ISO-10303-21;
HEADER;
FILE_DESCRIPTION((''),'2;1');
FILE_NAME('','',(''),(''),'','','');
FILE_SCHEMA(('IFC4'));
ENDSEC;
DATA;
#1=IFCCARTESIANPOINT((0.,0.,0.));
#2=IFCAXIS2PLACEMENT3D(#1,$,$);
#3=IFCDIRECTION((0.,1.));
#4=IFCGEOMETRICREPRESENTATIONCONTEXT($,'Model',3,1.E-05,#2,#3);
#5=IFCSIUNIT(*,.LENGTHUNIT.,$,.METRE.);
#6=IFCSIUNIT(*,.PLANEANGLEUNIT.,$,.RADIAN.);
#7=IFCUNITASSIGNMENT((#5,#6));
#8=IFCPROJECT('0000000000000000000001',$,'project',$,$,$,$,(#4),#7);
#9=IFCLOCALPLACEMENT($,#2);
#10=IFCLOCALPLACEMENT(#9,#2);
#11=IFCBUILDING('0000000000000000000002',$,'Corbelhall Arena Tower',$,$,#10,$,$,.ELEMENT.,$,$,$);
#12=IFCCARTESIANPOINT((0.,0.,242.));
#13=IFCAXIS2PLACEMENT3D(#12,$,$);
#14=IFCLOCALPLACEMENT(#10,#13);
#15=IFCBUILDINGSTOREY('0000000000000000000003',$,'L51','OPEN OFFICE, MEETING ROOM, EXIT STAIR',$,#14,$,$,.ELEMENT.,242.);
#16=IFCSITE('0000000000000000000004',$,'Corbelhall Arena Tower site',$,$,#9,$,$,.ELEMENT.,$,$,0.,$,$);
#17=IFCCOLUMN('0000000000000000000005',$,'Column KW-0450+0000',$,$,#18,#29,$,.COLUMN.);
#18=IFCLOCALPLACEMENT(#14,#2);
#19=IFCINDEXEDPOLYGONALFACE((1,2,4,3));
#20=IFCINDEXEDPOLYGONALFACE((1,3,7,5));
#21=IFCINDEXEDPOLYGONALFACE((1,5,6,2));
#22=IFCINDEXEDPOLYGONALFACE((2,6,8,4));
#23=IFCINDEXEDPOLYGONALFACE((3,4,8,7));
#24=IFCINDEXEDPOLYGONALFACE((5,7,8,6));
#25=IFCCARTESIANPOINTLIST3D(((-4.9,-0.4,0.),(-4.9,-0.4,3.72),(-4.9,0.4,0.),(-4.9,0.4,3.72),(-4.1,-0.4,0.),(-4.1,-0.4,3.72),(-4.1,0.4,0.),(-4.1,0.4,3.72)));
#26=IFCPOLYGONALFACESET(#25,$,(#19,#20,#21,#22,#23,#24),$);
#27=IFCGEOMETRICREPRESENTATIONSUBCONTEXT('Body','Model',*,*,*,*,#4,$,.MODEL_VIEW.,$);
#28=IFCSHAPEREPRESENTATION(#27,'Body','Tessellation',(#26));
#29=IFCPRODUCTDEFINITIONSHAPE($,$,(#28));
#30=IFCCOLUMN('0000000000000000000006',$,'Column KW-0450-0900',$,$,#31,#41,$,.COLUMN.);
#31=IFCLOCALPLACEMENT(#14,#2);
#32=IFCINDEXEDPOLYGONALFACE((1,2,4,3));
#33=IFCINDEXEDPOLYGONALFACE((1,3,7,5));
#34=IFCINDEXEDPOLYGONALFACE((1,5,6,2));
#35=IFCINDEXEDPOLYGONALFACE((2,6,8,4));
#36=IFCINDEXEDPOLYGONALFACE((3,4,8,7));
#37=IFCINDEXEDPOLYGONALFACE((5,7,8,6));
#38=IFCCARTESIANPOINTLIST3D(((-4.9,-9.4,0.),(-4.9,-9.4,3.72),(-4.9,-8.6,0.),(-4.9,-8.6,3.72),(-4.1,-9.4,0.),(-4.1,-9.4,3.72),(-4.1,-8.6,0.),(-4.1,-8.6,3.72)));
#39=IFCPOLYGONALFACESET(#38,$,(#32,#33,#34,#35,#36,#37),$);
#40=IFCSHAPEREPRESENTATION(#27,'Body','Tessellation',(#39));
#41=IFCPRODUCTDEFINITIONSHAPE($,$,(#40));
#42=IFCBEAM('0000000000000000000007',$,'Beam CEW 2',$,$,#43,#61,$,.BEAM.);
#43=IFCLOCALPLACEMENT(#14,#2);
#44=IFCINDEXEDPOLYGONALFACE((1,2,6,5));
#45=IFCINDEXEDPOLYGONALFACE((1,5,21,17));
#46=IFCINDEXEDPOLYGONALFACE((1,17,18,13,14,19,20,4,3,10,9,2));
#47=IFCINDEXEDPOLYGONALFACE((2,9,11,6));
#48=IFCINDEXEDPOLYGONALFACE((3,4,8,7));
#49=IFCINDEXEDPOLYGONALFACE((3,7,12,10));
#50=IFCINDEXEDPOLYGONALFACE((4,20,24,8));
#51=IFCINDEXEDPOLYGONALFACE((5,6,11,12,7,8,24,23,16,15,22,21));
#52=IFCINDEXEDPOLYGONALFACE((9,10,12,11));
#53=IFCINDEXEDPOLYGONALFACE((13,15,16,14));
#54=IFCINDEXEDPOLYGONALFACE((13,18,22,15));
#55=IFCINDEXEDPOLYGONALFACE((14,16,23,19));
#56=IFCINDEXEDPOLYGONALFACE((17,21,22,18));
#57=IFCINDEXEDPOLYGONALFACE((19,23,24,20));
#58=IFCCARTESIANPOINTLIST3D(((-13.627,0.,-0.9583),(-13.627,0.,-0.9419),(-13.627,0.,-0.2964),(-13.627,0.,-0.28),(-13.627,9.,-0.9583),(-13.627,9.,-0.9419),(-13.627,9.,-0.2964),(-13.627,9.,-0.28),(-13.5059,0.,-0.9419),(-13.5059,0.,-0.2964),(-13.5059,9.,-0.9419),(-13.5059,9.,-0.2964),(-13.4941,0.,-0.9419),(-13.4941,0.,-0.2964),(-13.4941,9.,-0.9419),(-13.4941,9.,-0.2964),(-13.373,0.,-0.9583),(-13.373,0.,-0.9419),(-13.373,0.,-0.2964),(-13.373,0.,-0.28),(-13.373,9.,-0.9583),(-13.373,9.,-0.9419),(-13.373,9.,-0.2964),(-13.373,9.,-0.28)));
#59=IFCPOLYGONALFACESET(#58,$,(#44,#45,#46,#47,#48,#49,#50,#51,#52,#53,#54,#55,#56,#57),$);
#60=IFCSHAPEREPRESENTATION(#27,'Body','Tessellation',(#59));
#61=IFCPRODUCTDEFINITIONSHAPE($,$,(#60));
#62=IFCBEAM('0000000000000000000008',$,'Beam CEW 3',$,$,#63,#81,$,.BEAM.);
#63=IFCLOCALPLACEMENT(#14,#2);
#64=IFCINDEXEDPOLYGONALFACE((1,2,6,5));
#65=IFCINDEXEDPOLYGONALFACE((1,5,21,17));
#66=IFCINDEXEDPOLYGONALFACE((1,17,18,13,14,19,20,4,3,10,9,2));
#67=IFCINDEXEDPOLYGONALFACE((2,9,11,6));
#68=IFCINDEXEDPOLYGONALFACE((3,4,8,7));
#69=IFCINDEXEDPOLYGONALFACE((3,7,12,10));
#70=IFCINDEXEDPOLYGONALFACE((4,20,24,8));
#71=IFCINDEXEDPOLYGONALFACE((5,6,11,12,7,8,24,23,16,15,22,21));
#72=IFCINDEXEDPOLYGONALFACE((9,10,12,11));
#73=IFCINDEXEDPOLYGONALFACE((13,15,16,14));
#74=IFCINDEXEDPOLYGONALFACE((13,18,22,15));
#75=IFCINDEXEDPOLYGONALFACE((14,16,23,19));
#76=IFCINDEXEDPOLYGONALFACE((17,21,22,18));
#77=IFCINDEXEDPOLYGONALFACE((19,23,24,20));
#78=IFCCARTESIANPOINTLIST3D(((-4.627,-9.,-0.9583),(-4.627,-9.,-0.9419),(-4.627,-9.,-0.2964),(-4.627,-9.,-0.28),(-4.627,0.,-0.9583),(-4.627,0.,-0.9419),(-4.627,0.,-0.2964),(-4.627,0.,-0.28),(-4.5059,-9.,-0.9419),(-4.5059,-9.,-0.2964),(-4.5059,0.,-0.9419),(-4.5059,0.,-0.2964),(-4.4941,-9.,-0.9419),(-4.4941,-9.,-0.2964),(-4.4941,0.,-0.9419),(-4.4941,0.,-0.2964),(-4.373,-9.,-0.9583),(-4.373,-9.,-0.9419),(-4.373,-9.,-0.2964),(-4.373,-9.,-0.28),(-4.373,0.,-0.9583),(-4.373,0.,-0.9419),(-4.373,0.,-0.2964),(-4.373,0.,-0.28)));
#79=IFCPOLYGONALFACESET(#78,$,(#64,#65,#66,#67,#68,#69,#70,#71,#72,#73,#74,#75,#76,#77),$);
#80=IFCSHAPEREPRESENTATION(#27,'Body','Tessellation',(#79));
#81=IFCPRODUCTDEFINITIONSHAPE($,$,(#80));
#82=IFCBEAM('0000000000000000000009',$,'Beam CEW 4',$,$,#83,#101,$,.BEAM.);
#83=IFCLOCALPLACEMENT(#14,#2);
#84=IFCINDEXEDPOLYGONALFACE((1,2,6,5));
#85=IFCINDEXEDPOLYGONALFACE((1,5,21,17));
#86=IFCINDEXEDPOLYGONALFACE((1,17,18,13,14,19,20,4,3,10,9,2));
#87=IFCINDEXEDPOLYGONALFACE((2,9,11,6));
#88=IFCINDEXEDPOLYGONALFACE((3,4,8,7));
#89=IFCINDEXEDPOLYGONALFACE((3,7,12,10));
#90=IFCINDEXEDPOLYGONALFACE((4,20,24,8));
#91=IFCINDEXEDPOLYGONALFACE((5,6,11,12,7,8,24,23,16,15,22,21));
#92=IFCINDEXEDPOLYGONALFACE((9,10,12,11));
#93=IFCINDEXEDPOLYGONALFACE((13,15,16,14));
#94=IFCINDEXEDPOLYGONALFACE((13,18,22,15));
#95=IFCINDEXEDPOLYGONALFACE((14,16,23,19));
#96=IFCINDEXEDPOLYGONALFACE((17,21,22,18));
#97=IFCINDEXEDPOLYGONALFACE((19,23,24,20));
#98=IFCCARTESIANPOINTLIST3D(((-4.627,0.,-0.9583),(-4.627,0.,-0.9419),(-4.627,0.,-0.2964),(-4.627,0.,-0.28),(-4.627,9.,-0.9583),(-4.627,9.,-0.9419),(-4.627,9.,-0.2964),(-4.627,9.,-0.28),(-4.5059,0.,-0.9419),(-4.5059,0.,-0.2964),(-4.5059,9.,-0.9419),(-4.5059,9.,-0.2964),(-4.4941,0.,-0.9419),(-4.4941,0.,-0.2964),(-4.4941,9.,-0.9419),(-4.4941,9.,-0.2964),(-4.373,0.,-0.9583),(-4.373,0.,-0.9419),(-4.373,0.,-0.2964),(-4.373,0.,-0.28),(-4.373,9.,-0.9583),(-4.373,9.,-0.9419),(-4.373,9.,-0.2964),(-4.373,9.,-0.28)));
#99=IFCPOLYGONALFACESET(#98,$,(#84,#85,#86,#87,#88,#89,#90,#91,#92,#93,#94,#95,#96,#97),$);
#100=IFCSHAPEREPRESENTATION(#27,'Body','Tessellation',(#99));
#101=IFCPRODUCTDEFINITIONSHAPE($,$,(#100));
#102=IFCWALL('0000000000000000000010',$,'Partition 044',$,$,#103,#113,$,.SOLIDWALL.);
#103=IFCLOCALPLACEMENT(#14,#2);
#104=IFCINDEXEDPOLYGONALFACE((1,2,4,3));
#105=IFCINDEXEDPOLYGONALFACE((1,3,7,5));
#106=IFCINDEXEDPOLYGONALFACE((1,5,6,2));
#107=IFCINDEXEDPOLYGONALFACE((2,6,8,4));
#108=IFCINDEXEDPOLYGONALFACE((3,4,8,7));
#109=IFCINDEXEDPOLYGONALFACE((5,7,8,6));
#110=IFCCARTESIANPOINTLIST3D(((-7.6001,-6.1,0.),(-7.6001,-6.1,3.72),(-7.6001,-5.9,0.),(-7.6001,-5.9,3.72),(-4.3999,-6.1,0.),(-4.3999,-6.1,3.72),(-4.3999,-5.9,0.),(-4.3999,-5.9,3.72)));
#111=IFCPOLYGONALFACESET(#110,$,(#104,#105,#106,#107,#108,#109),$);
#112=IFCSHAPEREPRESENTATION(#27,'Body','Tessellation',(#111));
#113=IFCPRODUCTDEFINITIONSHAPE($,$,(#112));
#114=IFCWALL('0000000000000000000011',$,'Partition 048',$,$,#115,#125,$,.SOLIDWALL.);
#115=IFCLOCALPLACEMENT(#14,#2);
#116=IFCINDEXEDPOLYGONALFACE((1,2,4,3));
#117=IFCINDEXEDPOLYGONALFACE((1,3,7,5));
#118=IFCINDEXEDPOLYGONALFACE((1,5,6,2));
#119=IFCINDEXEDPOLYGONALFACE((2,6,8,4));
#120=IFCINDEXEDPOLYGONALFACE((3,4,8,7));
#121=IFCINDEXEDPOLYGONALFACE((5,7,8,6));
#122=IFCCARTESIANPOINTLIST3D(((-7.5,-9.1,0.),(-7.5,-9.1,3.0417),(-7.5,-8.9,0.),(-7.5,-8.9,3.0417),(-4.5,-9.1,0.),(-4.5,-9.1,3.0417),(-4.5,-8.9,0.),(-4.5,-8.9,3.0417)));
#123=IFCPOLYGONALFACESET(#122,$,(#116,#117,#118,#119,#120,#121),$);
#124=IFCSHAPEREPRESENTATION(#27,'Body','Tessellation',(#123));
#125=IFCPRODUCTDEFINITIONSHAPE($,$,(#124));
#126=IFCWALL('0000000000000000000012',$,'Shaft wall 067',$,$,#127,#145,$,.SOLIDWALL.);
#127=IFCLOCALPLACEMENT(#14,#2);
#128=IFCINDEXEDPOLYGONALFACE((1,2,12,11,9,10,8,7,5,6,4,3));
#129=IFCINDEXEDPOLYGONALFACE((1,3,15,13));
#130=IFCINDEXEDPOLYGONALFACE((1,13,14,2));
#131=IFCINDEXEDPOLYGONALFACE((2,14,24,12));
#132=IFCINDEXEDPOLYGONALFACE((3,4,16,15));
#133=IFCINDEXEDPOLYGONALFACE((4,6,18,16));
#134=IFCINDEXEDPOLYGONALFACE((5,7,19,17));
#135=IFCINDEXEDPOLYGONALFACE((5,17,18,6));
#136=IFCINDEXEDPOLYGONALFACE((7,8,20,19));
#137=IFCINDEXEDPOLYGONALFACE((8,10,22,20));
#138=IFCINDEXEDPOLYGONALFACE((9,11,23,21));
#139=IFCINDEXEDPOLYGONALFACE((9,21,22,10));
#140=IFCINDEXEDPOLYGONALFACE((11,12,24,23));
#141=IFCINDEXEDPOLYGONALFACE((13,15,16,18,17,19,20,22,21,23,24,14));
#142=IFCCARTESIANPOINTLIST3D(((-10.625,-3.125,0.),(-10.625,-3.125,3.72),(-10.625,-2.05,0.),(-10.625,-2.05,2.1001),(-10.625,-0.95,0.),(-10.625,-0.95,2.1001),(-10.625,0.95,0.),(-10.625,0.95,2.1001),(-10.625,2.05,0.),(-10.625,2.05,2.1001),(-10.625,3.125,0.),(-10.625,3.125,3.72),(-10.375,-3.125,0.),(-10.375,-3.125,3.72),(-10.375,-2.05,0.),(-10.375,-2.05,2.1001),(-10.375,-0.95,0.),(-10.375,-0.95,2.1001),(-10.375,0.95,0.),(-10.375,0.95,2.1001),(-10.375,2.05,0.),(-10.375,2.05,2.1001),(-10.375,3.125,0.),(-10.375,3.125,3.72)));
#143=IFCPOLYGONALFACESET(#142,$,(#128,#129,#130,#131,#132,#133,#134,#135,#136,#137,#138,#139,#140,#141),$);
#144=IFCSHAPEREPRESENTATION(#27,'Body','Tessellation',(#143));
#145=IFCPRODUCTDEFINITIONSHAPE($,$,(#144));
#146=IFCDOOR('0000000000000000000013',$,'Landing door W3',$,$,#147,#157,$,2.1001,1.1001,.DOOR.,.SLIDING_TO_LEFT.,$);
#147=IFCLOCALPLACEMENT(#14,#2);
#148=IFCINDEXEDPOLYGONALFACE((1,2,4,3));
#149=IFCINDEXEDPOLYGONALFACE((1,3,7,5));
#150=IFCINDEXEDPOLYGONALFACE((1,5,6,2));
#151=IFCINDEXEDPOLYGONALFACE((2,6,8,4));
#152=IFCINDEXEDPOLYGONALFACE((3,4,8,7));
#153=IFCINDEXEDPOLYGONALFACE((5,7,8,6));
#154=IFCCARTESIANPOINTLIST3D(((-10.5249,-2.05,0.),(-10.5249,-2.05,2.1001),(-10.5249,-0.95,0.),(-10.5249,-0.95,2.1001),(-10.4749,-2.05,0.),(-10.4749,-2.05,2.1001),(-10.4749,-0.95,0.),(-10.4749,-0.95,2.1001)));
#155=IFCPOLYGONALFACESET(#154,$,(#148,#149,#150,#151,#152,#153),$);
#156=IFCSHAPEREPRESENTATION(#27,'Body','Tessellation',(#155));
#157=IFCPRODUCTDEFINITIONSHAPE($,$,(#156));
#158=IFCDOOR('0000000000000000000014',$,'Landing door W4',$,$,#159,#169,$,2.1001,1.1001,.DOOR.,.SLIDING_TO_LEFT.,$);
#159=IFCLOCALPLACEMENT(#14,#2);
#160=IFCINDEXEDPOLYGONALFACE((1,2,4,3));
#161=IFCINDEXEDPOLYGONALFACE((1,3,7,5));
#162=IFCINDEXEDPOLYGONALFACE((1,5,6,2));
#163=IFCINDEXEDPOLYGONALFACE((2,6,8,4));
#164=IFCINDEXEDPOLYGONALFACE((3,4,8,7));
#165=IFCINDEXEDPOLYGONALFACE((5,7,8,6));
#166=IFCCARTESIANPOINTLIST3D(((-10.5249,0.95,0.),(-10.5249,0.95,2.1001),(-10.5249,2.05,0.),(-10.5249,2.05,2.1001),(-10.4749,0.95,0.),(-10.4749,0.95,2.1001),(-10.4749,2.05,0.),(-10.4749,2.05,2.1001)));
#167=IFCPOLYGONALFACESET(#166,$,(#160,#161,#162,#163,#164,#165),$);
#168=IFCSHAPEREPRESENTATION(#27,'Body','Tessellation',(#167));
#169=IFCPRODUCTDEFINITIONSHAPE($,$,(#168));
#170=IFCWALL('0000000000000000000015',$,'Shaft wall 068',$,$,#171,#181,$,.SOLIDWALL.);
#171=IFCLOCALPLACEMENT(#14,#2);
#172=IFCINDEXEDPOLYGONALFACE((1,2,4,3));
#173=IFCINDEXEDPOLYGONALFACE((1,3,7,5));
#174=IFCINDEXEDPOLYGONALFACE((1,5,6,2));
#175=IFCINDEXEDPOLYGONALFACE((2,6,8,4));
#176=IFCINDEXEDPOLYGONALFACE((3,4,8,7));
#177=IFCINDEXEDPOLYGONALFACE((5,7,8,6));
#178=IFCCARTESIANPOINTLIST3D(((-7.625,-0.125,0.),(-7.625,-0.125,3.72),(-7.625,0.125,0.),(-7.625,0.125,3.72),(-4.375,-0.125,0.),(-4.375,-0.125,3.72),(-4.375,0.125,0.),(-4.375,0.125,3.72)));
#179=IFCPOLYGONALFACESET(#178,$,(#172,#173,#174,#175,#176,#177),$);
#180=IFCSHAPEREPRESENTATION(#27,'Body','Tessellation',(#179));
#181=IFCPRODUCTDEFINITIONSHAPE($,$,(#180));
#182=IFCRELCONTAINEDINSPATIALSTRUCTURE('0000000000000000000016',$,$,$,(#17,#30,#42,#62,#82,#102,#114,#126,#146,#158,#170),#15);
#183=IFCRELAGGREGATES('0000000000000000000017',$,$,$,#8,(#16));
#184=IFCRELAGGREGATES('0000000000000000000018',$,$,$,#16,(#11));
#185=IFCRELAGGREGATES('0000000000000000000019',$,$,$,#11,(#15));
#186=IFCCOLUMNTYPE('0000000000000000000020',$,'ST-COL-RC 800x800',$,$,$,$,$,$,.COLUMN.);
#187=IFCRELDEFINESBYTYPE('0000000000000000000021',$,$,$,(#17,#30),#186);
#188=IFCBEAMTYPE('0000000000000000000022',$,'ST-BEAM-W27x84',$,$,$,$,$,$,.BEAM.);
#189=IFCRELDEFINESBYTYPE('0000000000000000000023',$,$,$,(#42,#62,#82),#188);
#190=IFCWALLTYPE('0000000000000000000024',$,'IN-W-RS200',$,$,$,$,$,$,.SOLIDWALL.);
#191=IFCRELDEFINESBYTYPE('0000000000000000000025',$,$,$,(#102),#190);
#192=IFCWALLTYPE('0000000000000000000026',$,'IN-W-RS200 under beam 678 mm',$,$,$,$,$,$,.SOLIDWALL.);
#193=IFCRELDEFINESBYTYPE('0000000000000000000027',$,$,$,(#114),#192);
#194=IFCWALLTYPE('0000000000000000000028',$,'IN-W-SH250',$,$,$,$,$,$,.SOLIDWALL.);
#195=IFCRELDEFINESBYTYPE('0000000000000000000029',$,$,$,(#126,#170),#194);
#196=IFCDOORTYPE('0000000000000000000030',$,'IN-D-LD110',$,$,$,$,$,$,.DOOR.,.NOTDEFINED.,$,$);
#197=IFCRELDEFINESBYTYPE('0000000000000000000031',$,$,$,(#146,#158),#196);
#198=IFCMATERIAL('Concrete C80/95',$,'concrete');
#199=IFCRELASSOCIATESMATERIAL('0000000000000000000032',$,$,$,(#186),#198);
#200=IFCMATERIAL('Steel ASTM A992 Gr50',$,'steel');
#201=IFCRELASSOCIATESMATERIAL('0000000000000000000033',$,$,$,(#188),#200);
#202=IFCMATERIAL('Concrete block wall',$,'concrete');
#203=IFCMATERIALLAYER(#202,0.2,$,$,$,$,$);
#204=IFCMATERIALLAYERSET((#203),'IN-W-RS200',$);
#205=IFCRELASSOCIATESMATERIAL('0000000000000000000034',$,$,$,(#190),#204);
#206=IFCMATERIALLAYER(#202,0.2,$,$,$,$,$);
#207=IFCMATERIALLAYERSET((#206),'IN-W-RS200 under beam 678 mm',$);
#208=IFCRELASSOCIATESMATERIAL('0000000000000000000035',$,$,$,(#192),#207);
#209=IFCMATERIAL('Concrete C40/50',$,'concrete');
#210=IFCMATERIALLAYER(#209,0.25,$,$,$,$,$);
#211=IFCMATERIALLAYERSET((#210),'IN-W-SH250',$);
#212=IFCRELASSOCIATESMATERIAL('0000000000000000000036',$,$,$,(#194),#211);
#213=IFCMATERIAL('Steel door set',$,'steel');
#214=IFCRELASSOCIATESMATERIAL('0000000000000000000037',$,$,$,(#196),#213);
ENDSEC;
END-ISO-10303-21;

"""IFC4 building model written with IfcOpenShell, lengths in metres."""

from ifc_helpers import new_model, si_unit, direction, frame, frame_2d, origin, origin_2d, place, context, subcontext, project, spatial, rectangle, i_section, extrude, material, layer, layer_set, material_profile, profile_set, type_object, element, fill, save


model = new_model("IFC4")

# Units and contexts
model_context = context("Model", 3, precision=1e-05, world=origin(), true_north=direction((0.0, 1.0)))
body_context = subcontext(model_context, "Body", "Model", "MODEL_VIEW")
ifc_project = project(units=[si_unit("LENGTHUNIT", "METRE"), si_unit("PLANEANGLEUNIT", "RADIAN")], contexts=[model_context])

# Site, building, storey
site_placement = place(None, origin())
site = spatial("IfcSite", under=ifc_project, at=site_placement, Name="Corbelhall Arena Tower site", CompositionType="ELEMENT", RefElevation=0.0)
building_placement = place(site_placement, origin())
building = spatial("IfcBuilding", under=site, at=building_placement, Name="Corbelhall Arena Tower", CompositionType="ELEMENT")
storey_placement = place(building_placement, frame((0.0, 0.0, 242.0)))
storey = spatial("IfcBuildingStorey", under=building, at=storey_placement, Name="L51", Description="OPEN OFFICE, MEETING ROOM, EXIT STAIR", CompositionType="ELEMENT", Elevation=242.0)

# Columns
ifc_material_1 = material(Name="Concrete C80/95", Category="concrete")
ifc_material_profile_1 = material_profile(ifc_material_1, rectangle(XDim=0.8, YDim=0.8, at=origin_2d()))
ifc_profile_set_1 = profile_set([ifc_material_profile_1], Name="Concrete C80/95")
column_type = type_object("IfcColumnType", Name="ST-COL-RC 800x800", PredefinedType="COLUMN", material=ifc_profile_set_1)
for number, where, z_axis, x_axis, name in (
    (1, (-4.5, 0.0, 0.0), (0.0, 0.0, 1.0), (1.0, 0.0, 0.0), "Column KW-0450+0000"),
    (2, (-4.5, -9.0, 0.0), (0.0, 0.0, 1.0), (1.0, 0.0, 0.0), "Column KW-0450-0900"),
):
    element("IfcColumn", number, at=place(storey_placement, frame(where, z_axis=z_axis, x_axis=x_axis)), inside=storey, type_object=column_type, Name=name, PredefinedType="COLUMN", context=body_context, shape_type="SweptSolid", body=[
        extrude(rectangle(XDim=0.8, YDim=0.8, at=origin_2d()), origin(), (0.0, 0.0, 1.0), 3.72),
    ])

# Beams
ifc_material_2 = material(Name="Steel ASTM A992 Gr50", Category="steel")
ifc_material_profile_2 = material_profile(ifc_material_2, i_section(OverallWidth=0.2539, OverallDepth=0.6782, WebThickness=0.0117, FlangeThickness=0.0164, at=origin_2d()))
ifc_profile_set_2 = profile_set([ifc_material_profile_2], Name="Steel ASTM A992 Gr50")
beam_type = type_object("IfcBeamType", Name="ST-BEAM-W27x84", PredefinedType="BEAM", material=ifc_profile_set_2)
for number, where, z_axis, x_axis, name in (
    (3, (-13.5, 0.0, -0.6191), (0.0, 1.0, 0.0), (-1.0, 0.0, 0.0), "Beam CEW 2"),
    (4, (-4.5, -9.0, -0.6191), (0.0, 1.0, 0.0), (-1.0, 0.0, 0.0), "Beam CEW 3"),
    (5, (-4.5, 0.0, -0.6191), (0.0, 1.0, 0.0), (-1.0, 0.0, 0.0), "Beam CEW 4"),
):
    element("IfcBeam", number, at=place(storey_placement, frame(where, z_axis=z_axis, x_axis=x_axis)), inside=storey, type_object=beam_type, Name=name, PredefinedType="BEAM", context=body_context, shape_type="SweptSolid", body=[
        extrude(i_section(OverallWidth=0.2539, OverallDepth=0.6782, WebThickness=0.0117, FlangeThickness=0.0164, at=origin_2d()), origin(), (0.0, 0.0, 1.0), 9.0),
    ])

# Shared definitions
ifc_material_3 = material(Name="Concrete block wall", Category="concrete")
ifc_layer_1 = layer(ifc_material_3, 0.2)
ifc_layer_set_1 = layer_set([ifc_layer_1], Name="IN-W-RS200")
wall_type_1 = type_object("IfcWallType", Name="IN-W-RS200", PredefinedType="SOLIDWALL", material=ifc_layer_set_1)
ifc_material_4 = material(Name="Steel door set", Category="steel")

# Walls
wall_1_placement = place(storey_placement, frame((-7.6001, -6.0, 0.0), z_axis=(0.0, 0.0, 1.0), x_axis=(1.0, 0.0, 0.0)))
element("IfcWall", 6, at=wall_1_placement, inside=storey, type_object=wall_type_1, Name="Partition 044", PredefinedType="SOLIDWALL", context=body_context, shape_type="SweptSolid", body=[
    extrude(rectangle(XDim=3.2002, YDim=0.2, at=frame_2d((1.6001, 0.0))), origin(), (0.0, 0.0, 1.0), 3.72),
])
ifc_layer_2 = layer(ifc_material_3, 0.2)
ifc_layer_set_2 = layer_set([ifc_layer_2], Name="IN-W-RS200 under beam 678 mm")
wall_type_2 = type_object("IfcWallType", Name="IN-W-RS200 under beam 678 mm", PredefinedType="SOLIDWALL", material=ifc_layer_set_2)
wall_2_placement = place(storey_placement, frame((-4.5, -9.0, 0.0), z_axis=(0.0, 0.0, 1.0), x_axis=(-1.0, 0.0, 0.0)))
element("IfcWall", 7, at=wall_2_placement, inside=storey, type_object=wall_type_2, Name="Partition 048", PredefinedType="SOLIDWALL", context=body_context, shape_type="SweptSolid", body=[
    extrude(rectangle(XDim=3.0, YDim=0.2, at=frame_2d((1.5, 0.0))), origin(), (0.0, 0.0, 1.0), 3.0417),
])

# Wall, openings, doors
ifc_material_5 = material(Name="Concrete C40/50", Category="concrete")
ifc_layer_3 = layer(ifc_material_5, 0.25)
ifc_layer_set_3 = layer_set([ifc_layer_3], Name="IN-W-SH250")
wall_type_3 = type_object("IfcWallType", Name="IN-W-SH250", PredefinedType="SOLIDWALL", material=ifc_layer_set_3)
wall_3_placement = place(storey_placement, frame((-10.5, -3.125, 0.0), z_axis=(0.0, 0.0, 1.0), x_axis=(0.0, 1.0, 0.0)))
wall_3 = element("IfcWall", 8, at=wall_3_placement, inside=storey, type_object=wall_type_3, Name="Shaft wall 067", PredefinedType="SOLIDWALL", context=body_context, shape_type="SweptSolid", body=[
    extrude(rectangle(XDim=6.25, YDim=0.25, at=frame_2d((3.125, 0.0))), origin(), (0.0, 0.0, 1.0), 3.72),
])
opening_1_placement = place(wall_3_placement, frame((1.075, 0.0, 0.0)))
opening_1 = element("IfcOpeningElement", 9, at=opening_1_placement, cuts=wall_3, PredefinedType="OPENING", context=body_context, shape_type="SweptSolid", body=[
    extrude(rectangle(XDim=1.1001, YDim=2.1001, at=frame_2d((0.55, 1.05))), frame((0.0, 0.125, 0.0), z_axis=(0.0, -1.0, 0.0), x_axis=(1.0, 0.0, 0.0)), (0.0, 0.0, 1.0), 0.25),
])
opening_2_placement = place(wall_3_placement, frame((4.075, 0.0, 0.0)))
opening_2 = element("IfcOpeningElement", 10, at=opening_2_placement, cuts=wall_3, PredefinedType="OPENING", context=body_context, shape_type="SweptSolid", body=[
    extrude(rectangle(XDim=1.1001, YDim=2.1001, at=frame_2d((0.55, 1.05))), frame((0.0, 0.125, 0.0), z_axis=(0.0, -1.0, 0.0), x_axis=(1.0, 0.0, 0.0)), (0.0, 0.0, 1.0), 0.25),
])
door_type_1 = type_object("IfcDoorType", Name="IN-D-LD110", OperationType="NOTDEFINED", PredefinedType="DOOR", material=ifc_material_4)
door_1_placement = place(opening_1_placement, origin())
door_1 = element("IfcDoor", 11, at=door_1_placement, inside=storey, type_object=door_type_1, Name="Landing door W3", OperationType="SLIDING_TO_LEFT", OverallHeight=2.1001, OverallWidth=1.1001, PredefinedType="DOOR", context=body_context, shape_type="SweptSolid", body=[
    extrude(rectangle(XDim=1.1001, YDim=2.1001, at=frame_2d((0.55, 1.05))), frame((0.0, 0.0249, 0.0), z_axis=(0.0, -1.0, 0.0), x_axis=(1.0, 0.0, 0.0)), (0.0, 0.0, 1.0), 0.05),
])
fill(opening_1, door_1)
door_2_placement = place(opening_2_placement, origin())
door_2 = element("IfcDoor", 12, at=door_2_placement, inside=storey, type_object=door_type_1, Name="Landing door W4", OperationType="SLIDING_TO_LEFT", OverallHeight=2.1001, OverallWidth=1.1001, PredefinedType="DOOR", context=body_context, shape_type="SweptSolid", body=[
    extrude(rectangle(XDim=1.1001, YDim=2.1001, at=frame_2d((0.55, 1.05))), frame((0.0, 0.0249, 0.0), z_axis=(0.0, -1.0, 0.0), x_axis=(1.0, 0.0, 0.0)), (0.0, 0.0, 1.0), 0.05),
])
fill(opening_2, door_2)

# Wall
wall_4_placement = place(storey_placement, frame((-7.625, 0.0, 0.0), z_axis=(0.0, 0.0, 1.0), x_axis=(1.0, 0.0, 0.0)))
element("IfcWall", 13, at=wall_4_placement, inside=storey, type_object=wall_type_3, Name="Shaft wall 068", PredefinedType="SOLIDWALL", context=body_context, shape_type="SweptSolid", body=[
    extrude(rectangle(XDim=3.25, YDim=0.25, at=frame_2d((1.625, 0.0))), origin(), (0.0, 0.0, 1.0), 3.72),
])

save(model, "model.ifc")
